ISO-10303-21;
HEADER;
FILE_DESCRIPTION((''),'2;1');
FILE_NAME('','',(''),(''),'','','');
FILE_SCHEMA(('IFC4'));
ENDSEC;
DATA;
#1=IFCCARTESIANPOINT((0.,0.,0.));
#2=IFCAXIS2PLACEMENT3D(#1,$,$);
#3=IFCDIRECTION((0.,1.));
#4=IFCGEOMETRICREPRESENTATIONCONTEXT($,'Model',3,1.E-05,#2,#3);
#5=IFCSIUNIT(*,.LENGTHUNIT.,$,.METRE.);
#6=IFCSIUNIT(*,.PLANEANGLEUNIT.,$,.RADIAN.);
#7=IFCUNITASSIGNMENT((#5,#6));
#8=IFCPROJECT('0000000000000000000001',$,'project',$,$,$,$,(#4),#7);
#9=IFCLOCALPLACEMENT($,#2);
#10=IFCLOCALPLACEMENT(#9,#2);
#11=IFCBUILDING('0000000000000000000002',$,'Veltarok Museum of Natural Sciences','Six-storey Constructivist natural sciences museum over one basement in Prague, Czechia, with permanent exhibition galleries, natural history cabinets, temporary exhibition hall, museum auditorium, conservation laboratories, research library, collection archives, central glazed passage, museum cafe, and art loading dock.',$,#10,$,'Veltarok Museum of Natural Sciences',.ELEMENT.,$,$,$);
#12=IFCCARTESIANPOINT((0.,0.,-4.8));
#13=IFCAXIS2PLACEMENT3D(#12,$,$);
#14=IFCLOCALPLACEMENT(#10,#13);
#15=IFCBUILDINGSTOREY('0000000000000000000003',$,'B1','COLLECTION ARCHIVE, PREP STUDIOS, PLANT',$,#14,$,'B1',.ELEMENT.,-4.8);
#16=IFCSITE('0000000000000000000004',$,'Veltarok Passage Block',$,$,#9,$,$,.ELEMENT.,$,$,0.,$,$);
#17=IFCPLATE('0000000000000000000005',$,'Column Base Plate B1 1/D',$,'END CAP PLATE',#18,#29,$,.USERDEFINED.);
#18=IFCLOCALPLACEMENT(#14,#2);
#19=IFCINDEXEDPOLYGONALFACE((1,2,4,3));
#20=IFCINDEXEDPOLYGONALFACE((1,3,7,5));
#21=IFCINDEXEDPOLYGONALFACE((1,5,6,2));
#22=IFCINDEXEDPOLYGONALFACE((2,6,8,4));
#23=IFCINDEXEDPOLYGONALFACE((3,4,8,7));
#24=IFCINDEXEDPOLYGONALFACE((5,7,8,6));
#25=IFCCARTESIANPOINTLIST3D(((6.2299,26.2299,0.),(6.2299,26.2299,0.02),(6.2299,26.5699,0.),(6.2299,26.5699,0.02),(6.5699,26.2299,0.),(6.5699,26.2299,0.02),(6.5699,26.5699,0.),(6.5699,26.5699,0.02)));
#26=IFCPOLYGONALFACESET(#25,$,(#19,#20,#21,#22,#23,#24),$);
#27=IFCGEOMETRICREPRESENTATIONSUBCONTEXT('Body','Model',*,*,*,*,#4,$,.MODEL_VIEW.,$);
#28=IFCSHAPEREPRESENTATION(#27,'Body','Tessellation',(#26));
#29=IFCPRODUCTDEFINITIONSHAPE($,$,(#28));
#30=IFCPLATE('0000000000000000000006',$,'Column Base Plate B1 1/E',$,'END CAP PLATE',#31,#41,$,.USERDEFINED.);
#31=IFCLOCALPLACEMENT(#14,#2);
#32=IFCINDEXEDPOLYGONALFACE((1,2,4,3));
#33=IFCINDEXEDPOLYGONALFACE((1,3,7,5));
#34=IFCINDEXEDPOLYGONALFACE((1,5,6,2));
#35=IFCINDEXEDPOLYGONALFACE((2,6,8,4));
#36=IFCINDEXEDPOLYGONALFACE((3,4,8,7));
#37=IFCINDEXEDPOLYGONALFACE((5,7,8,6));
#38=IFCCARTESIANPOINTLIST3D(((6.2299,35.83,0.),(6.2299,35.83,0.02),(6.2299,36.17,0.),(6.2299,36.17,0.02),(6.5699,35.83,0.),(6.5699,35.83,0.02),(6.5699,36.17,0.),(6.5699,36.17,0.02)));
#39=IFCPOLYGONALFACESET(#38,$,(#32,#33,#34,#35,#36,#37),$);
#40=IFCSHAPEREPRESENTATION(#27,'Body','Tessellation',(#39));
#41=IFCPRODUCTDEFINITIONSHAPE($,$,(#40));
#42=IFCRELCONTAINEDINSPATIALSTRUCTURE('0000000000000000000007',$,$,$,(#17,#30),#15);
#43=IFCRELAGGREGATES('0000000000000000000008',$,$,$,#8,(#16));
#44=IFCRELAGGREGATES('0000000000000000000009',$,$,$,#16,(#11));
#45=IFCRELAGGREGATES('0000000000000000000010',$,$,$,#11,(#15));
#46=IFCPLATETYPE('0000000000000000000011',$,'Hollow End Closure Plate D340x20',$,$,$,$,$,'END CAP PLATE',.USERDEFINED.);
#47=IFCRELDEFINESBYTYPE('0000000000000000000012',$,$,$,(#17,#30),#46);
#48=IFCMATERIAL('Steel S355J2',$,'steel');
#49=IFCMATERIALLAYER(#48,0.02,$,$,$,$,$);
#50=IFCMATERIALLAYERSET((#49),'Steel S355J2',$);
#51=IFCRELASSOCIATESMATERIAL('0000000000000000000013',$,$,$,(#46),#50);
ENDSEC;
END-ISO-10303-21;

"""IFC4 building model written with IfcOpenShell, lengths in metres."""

from ifc_helpers import new_model, si_unit, direction, frame, origin, origin_2d, place, context, subcontext, project, spatial, rectangle, extrude, material, layer, layer_set, type_object, element, save


model = new_model("IFC4")

# Units and contexts
model_context = context("Model", 3, precision=1e-05, world=origin(), true_north=direction((0.0, 1.0)))
body_context = subcontext(model_context, "Body", "Model", "MODEL_VIEW")
ifc_project = project(units=[si_unit("LENGTHUNIT", "METRE"), si_unit("PLANEANGLEUNIT", "RADIAN")], contexts=[model_context])

# Site, building, storey
site_placement = place(None, origin())
site = spatial("IfcSite", under=ifc_project, at=site_placement, Name="Veltarok Passage Block", CompositionType="ELEMENT", RefElevation=0.0)
building_placement = place(site_placement, origin())
building = spatial("IfcBuilding", under=site, at=building_placement, Name="Veltarok Museum of Natural Sciences", Description="Six-storey Constructivist natural sciences museum over one basement in Prague, Czechia, with permanent exhibition galleries, natural history cabinets, temporary exhibition hall, museum auditorium, conservation laboratories, research library, collection archives, central glazed passage, museum cafe, and art loading dock.", LongName="Veltarok Museum of Natural Sciences", CompositionType="ELEMENT")
storey_placement = place(building_placement, frame((0.0, 0.0, -4.8)))
storey = spatial("IfcBuildingStorey", under=building, at=storey_placement, Name="B1", Description="COLLECTION ARCHIVE, PREP STUDIOS, PLANT", LongName="B1", CompositionType="ELEMENT", Elevation=-4.8)

# Shared definitions
ifc_material_1 = material(Name="Steel S355J2", Category="steel")

# Plates
ifc_layer = layer(ifc_material_1, 0.02)
ifc_layer_set = layer_set([ifc_layer], Name="Steel S355J2")
plate_type = type_object("IfcPlateType", Name="Hollow End Closure Plate D340x20", ElementType="END CAP PLATE", PredefinedType="USERDEFINED", material=ifc_layer_set)
for number, where, z_axis, x_axis, name in (
    (1, (6.3999, 26.3999, 0.0), (0.0, 0.0, 1.0), (1.0, 0.0, 0.0), "Column Base Plate B1 1/D"),
    (2, (6.3999, 36.0, 0.0), (0.0, 0.0, 1.0), (1.0, 0.0, 0.0), "Column Base Plate B1 1/E"),
):
    element("IfcPlate", number, at=place(storey_placement, frame(where, z_axis=z_axis, x_axis=x_axis)), inside=storey, type_object=plate_type, Name=name, ObjectType="END CAP PLATE", PredefinedType="USERDEFINED", context=body_context, shape_type="SweptSolid", body=[
        extrude(rectangle(XDim=0.3401, YDim=0.3401, at=origin_2d()), origin(), (0.0, 0.0, 1.0), 0.02),
    ])

save(model, "model.ifc")
